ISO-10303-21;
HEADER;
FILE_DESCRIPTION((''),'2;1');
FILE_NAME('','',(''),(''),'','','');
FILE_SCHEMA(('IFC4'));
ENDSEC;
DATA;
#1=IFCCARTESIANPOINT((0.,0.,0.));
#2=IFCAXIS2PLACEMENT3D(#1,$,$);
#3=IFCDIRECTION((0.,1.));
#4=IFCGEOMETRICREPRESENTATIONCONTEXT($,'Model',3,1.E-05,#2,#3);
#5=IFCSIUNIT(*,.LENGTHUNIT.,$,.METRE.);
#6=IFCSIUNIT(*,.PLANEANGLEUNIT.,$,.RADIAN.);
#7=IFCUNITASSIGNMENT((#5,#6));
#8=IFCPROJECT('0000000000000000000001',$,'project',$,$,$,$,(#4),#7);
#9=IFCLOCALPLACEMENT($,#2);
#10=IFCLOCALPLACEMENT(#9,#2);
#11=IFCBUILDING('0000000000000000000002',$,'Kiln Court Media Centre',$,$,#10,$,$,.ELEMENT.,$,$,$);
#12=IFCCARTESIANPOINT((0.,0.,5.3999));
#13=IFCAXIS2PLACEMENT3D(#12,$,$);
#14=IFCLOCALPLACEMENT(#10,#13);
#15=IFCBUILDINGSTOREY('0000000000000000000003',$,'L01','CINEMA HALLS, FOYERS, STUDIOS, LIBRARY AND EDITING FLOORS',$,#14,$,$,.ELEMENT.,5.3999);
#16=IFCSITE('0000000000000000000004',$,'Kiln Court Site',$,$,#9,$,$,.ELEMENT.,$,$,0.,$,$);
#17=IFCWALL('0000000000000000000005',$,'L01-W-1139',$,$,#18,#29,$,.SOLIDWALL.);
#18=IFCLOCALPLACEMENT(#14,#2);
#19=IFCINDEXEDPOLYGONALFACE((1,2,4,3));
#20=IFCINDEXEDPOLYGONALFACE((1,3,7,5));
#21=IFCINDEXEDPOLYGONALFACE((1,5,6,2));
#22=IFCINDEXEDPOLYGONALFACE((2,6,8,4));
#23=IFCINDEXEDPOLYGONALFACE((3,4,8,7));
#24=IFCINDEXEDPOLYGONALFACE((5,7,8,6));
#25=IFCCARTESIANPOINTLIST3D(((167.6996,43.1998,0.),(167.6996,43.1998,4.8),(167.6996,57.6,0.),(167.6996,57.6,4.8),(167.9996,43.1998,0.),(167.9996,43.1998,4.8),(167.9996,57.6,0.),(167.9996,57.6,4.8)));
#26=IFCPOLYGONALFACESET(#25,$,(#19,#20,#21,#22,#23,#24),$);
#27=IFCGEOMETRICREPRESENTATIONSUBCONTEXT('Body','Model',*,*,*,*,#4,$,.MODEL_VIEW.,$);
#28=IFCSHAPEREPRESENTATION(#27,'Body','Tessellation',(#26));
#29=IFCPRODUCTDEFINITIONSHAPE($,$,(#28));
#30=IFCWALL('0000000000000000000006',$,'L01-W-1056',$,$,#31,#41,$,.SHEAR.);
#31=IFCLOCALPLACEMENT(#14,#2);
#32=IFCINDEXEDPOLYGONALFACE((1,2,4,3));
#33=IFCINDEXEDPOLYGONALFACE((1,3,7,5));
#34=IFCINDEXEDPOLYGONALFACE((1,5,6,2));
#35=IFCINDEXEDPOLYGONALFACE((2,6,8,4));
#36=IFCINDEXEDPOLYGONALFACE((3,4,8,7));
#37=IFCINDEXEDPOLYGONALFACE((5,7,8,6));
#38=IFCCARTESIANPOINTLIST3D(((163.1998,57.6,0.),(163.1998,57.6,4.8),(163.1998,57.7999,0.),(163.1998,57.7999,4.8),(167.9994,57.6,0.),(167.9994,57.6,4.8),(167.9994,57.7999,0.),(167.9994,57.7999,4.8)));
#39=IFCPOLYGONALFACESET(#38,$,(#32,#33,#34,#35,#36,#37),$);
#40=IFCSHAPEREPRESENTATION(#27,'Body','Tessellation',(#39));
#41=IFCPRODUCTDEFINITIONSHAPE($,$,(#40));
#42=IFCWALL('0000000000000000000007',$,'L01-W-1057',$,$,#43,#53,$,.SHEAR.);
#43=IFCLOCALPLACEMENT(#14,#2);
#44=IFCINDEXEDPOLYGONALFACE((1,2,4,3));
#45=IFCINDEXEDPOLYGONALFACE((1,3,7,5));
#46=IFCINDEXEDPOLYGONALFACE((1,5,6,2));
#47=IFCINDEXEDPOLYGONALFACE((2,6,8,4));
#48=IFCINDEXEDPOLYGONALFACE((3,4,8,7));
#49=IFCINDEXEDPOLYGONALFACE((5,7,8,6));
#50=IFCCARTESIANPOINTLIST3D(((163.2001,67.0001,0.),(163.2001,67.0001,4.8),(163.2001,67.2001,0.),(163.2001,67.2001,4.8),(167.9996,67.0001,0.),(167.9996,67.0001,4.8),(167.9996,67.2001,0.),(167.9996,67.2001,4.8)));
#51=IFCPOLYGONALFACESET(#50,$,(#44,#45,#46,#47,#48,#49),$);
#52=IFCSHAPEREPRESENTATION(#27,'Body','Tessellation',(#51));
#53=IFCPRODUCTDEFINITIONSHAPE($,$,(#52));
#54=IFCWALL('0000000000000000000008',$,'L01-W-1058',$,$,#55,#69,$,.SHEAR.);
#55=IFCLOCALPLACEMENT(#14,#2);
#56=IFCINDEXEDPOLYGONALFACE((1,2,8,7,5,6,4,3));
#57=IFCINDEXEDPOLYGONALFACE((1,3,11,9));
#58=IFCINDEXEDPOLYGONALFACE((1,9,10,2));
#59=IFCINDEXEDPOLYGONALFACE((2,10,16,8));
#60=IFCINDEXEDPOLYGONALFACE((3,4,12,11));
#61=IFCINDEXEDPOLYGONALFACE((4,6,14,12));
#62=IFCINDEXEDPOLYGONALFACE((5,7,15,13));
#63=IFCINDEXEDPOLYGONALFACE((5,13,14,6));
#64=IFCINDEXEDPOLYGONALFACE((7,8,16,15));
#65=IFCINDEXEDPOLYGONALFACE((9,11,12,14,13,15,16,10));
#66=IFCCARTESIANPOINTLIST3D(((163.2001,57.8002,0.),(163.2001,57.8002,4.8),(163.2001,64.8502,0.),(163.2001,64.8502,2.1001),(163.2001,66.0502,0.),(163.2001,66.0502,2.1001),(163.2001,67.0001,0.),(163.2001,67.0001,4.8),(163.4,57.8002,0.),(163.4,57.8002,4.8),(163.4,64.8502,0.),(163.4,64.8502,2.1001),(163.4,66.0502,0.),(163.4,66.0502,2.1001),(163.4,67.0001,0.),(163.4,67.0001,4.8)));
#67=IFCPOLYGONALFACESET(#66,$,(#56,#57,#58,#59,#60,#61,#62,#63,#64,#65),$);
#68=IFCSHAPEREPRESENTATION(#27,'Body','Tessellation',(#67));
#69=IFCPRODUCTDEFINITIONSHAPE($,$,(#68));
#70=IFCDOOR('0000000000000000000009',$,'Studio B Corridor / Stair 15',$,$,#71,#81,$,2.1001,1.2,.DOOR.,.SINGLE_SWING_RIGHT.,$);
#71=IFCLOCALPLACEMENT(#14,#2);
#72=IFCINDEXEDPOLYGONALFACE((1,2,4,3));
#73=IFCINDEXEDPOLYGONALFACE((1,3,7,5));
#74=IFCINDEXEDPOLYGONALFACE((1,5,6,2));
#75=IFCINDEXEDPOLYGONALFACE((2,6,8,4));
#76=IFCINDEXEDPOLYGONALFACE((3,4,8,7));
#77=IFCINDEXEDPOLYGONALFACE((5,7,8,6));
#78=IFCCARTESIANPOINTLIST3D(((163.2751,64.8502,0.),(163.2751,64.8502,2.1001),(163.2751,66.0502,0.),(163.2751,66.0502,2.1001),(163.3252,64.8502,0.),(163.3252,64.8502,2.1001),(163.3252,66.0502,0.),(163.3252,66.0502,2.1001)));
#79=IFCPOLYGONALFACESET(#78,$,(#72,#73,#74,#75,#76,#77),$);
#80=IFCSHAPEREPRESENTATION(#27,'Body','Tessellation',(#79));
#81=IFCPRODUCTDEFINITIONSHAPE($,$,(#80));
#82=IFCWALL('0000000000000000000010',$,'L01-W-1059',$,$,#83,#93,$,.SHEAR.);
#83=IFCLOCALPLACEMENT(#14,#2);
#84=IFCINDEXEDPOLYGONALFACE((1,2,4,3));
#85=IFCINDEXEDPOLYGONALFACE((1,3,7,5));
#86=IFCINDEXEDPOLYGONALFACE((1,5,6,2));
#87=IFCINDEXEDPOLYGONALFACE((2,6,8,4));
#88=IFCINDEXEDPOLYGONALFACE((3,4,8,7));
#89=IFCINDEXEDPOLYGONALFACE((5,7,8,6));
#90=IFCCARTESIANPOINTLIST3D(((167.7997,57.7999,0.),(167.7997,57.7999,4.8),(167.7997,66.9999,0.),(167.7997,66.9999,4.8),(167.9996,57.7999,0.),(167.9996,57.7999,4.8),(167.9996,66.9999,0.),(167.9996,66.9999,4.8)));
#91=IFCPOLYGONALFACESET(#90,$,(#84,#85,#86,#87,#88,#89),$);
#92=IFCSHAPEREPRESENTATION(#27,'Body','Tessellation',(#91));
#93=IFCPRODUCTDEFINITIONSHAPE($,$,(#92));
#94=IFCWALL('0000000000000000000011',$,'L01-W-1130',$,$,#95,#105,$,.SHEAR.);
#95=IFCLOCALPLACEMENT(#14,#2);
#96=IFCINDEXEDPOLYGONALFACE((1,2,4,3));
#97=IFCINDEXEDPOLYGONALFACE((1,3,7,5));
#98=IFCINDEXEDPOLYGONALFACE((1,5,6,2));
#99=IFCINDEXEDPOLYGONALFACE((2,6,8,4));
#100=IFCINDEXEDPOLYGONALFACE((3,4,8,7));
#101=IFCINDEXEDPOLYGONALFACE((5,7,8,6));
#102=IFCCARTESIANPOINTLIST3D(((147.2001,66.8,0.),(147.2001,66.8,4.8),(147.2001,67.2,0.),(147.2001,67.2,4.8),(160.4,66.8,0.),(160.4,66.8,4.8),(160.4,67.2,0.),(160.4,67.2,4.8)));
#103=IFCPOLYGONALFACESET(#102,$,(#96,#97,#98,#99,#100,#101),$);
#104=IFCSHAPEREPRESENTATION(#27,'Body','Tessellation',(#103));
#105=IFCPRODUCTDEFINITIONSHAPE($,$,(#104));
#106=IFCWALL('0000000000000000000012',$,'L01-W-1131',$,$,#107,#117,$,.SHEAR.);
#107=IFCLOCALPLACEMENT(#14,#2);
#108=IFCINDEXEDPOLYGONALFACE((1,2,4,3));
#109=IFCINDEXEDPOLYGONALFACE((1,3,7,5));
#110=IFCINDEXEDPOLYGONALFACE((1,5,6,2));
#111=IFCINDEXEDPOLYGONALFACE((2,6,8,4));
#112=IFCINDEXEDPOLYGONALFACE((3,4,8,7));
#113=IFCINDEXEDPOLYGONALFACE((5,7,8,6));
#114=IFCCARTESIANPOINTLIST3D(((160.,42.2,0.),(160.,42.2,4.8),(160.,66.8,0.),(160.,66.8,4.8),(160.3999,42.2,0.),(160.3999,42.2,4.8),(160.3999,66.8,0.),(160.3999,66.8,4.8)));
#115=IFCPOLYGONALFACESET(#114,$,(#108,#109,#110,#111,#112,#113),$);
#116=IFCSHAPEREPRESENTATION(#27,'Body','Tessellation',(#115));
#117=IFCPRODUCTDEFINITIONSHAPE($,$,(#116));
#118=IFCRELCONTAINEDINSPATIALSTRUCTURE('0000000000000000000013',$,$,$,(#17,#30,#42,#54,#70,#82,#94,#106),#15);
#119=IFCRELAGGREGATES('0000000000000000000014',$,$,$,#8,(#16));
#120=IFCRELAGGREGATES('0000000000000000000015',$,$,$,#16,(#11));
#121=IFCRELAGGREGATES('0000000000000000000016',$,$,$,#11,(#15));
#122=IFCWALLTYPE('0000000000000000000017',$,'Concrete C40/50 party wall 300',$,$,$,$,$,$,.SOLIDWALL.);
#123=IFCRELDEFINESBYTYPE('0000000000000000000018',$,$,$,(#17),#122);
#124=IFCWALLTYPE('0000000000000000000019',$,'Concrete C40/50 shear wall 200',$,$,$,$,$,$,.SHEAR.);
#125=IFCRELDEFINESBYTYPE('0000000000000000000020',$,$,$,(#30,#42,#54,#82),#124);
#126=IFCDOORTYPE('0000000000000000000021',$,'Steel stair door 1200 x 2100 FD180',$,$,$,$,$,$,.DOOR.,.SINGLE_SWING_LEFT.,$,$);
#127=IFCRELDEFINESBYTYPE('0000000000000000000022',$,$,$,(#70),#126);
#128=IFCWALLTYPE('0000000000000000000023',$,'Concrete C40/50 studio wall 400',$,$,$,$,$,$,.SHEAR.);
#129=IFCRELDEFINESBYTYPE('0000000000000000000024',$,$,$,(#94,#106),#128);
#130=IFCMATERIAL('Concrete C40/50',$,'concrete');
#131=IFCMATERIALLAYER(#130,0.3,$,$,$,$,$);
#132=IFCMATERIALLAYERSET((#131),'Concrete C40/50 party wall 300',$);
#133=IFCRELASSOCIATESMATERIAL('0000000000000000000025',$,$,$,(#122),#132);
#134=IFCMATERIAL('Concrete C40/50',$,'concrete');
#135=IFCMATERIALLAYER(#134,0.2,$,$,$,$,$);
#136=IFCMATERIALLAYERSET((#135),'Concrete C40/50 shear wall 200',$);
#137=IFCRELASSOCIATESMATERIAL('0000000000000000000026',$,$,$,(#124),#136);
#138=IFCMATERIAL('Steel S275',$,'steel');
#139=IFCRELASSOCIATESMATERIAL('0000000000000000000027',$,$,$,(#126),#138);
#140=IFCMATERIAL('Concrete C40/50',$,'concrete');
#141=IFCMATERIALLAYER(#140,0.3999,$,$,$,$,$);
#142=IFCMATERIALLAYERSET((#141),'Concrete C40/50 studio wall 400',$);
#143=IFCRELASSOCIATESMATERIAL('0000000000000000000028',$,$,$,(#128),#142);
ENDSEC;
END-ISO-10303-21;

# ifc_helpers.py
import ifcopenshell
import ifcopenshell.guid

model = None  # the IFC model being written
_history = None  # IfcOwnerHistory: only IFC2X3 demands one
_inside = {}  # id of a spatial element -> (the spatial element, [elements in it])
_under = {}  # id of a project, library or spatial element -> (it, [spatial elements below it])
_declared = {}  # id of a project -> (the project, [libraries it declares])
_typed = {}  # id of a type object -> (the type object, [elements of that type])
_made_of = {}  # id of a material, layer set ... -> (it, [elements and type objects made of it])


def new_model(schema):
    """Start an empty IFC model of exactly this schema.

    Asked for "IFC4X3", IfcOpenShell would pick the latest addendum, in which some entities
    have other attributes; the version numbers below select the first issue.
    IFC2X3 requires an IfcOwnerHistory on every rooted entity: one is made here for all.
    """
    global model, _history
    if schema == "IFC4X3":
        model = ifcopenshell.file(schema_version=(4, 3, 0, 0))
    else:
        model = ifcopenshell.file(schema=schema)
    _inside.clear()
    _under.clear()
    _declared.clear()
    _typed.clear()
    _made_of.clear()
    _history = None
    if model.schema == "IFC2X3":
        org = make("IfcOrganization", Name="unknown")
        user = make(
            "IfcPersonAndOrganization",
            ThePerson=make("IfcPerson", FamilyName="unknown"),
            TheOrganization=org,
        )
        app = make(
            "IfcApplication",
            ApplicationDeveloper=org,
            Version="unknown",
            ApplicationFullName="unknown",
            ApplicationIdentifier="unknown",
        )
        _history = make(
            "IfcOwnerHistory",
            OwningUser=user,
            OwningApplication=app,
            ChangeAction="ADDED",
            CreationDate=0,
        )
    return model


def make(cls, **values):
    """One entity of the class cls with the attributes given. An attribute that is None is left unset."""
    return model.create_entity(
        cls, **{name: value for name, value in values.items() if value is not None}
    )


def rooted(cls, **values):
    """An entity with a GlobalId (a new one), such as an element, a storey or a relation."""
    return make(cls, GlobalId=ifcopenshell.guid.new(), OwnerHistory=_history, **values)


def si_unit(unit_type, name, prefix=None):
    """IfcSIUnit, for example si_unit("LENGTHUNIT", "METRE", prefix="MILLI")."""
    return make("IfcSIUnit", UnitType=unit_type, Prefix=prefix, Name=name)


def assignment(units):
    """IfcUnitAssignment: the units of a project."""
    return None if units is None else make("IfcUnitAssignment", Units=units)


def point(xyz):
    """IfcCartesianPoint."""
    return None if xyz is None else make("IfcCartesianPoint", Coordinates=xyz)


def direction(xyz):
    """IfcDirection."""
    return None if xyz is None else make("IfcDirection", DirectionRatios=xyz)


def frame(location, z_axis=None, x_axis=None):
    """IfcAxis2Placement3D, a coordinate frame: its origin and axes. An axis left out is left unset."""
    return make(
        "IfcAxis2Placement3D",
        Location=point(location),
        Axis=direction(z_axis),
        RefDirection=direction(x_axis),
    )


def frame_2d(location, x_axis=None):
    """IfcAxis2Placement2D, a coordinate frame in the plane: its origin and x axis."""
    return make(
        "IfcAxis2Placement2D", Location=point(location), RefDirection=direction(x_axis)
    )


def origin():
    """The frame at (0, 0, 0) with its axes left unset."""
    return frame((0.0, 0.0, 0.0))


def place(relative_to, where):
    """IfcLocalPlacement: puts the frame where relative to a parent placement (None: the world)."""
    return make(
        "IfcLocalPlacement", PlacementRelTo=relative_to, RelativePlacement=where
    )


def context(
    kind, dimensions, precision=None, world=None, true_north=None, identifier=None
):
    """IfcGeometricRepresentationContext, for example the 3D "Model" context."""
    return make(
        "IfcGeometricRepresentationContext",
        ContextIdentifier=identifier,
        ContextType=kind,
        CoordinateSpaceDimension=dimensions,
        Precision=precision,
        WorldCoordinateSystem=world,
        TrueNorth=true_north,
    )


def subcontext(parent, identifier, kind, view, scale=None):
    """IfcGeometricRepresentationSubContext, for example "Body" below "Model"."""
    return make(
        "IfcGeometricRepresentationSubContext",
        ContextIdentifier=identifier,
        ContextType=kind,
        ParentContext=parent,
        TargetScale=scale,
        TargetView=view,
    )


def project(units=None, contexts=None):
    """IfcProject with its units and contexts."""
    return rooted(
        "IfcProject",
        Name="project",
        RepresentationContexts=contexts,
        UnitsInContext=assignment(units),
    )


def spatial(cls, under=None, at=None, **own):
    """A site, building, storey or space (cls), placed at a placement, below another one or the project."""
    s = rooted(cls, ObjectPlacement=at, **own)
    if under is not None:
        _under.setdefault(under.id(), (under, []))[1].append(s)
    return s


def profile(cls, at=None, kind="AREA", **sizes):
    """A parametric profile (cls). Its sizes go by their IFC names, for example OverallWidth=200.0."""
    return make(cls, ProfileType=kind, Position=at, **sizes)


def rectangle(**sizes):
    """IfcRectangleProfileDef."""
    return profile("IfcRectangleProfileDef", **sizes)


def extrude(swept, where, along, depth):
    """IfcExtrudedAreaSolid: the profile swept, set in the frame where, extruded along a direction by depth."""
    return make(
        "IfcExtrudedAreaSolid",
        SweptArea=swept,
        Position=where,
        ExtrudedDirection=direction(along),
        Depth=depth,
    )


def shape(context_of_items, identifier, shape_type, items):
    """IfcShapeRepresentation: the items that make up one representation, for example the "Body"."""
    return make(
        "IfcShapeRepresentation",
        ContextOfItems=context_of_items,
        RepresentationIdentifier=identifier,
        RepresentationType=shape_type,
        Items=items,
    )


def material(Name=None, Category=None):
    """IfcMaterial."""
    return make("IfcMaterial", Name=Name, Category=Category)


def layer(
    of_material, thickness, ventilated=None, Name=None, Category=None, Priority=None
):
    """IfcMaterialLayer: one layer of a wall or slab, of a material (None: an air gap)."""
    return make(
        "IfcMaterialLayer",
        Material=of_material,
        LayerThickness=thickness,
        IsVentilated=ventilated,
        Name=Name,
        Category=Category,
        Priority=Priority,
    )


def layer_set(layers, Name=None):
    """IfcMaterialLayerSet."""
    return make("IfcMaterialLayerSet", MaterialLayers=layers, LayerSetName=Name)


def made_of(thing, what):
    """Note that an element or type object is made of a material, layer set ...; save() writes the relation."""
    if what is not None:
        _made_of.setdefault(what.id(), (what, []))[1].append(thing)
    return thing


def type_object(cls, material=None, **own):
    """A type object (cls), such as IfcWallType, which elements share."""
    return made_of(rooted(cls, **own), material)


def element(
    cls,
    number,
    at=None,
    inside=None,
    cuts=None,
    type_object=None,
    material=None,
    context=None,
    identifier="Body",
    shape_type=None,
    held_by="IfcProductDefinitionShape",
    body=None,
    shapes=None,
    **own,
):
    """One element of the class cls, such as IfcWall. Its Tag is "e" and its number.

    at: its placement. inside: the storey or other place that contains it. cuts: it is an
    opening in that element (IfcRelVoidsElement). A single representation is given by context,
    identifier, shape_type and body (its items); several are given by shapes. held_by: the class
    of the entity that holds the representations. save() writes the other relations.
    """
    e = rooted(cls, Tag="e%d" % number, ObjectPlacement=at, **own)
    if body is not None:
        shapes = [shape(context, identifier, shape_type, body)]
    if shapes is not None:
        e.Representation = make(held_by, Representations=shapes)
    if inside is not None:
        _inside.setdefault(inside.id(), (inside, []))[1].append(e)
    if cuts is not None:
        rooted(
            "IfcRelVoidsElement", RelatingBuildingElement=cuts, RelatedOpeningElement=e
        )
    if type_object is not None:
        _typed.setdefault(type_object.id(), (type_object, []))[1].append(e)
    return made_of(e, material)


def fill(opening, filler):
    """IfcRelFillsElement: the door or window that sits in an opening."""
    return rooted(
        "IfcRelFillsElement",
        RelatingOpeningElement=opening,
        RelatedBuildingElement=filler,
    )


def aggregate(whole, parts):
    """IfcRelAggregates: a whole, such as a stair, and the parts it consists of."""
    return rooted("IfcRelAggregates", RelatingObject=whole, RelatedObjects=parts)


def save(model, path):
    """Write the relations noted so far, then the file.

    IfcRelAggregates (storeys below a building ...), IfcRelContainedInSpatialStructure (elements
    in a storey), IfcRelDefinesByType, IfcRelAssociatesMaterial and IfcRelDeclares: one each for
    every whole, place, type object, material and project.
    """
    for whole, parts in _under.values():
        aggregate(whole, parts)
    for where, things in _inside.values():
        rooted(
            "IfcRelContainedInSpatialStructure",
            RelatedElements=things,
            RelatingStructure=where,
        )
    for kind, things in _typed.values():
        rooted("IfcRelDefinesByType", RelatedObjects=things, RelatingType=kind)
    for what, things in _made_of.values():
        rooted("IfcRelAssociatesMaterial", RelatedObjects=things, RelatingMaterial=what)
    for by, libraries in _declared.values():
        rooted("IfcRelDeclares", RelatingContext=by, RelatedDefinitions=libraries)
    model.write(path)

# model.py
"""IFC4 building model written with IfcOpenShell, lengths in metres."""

from ifc_helpers import new_model, si_unit, direction, frame, frame_2d, origin, place, context, subcontext, project, spatial, rectangle, extrude, material, layer, layer_set, type_object, element, fill, save


model = new_model("IFC4")

# Units and contexts
model_context = context("Model", 3, precision=1e-05, world=origin(), true_north=direction((0.0, 1.0)))
body_context = subcontext(model_context, "Body", "Model", "MODEL_VIEW")
ifc_project = project(units=[si_unit("LENGTHUNIT", "METRE"), si_unit("PLANEANGLEUNIT", "RADIAN")], contexts=[model_context])

# Site, building, storey
site_placement = place(None, origin())
site = spatial("IfcSite", under=ifc_project, at=site_placement, Name="Kiln Court Site", CompositionType="ELEMENT", RefElevation=0.0)
building_placement = place(site_placement, origin())
building = spatial("IfcBuilding", under=site, at=building_placement, Name="Kiln Court Media Centre", CompositionType="ELEMENT")
storey_placement = place(building_placement, frame((0.0, 0.0, 5.3999)))
storey = spatial("IfcBuildingStorey", under=building, at=storey_placement, Name="L01", Description="CINEMA HALLS, FOYERS, STUDIOS, LIBRARY AND EDITING FLOORS", CompositionType="ELEMENT", Elevation=5.3999)

# Walls
ifc_material_1 = material(Name="Concrete C40/50", Category="concrete")
ifc_layer_1 = layer(ifc_material_1, 0.3)
ifc_layer_set_1 = layer_set([ifc_layer_1], Name="Concrete C40/50 party wall 300")
wall_type_1 = type_object("IfcWallType", Name="Concrete C40/50 party wall 300", PredefinedType="SOLIDWALL", material=ifc_layer_set_1)
wall_1_placement = place(storey_placement, frame((167.8496, 57.6001, 0.0), z_axis=(0.0, 0.0, 1.0), x_axis=(0.0, -1.0, 0.0)))
element("IfcWall", 1, at=wall_1_placement, inside=storey, type_object=wall_type_1, Name="L01-W-1139", PredefinedType="SOLIDWALL", context=body_context, shape_type="SweptSolid", body=[
    extrude(rectangle(XDim=14.4001, YDim=0.3, at=frame_2d((7.2002, 0.0))), origin(), (0.0, 0.0, 1.0), 4.8),
])
ifc_material_2 = material(Name="Concrete C40/50", Category="concrete")
ifc_layer_2 = layer(ifc_material_2, 0.2)
ifc_layer_set_2 = layer_set([ifc_layer_2], Name="Concrete C40/50 shear wall 200")
wall_type_2 = type_object("IfcWallType", Name="Concrete C40/50 shear wall 200", PredefinedType="SHEAR", material=ifc_layer_set_2)
for number, where, z_axis, x_axis, name in (
    (2, (167.9995, 57.7, 0.0), (0.0, 0.0, 1.0), (-1.0, 0.0, 0.0), "L01-W-1056"),
    (3, (163.2, 67.1001, 0.0), (0.0, 0.0, 1.0), (1.0, 0.0, 0.0), "L01-W-1057"),
):
    element("IfcWall", number, at=place(storey_placement, frame(where, z_axis=z_axis, x_axis=x_axis)), inside=storey, type_object=wall_type_2, Name=name, PredefinedType="SHEAR", context=body_context, shape_type="SweptSolid", body=[
        extrude(rectangle(XDim=4.7996, YDim=0.2, at=frame_2d((2.3999, 0.0))), origin(), (0.0, 0.0, 1.0), 4.8),
    ])

# Wall, opening, door
wall_2_placement = place(storey_placement, frame((163.3, 57.8, 0.0), z_axis=(0.0, 0.0, 1.0), x_axis=(0.0, 1.0, 0.0)))
wall_2 = element("IfcWall", 4, at=wall_2_placement, inside=storey, type_object=wall_type_2, Name="L01-W-1058", PredefinedType="SHEAR", context=body_context, shape_type="SweptSolid", body=[
    extrude(rectangle(XDim=9.2, YDim=0.2, at=frame_2d((4.6001, 0.0))), origin(), (0.0, 0.0, 1.0), 4.8),
])
opening_placement = place(wall_2_placement, frame((7.05, 0.0, 0.0)))
opening = element("IfcOpeningElement", 5, at=opening_placement, cuts=wall_2, PredefinedType="OPENING", context=body_context, shape_type="SweptSolid", body=[
    extrude(rectangle(XDim=1.2, YDim=2.1001, at=frame_2d((0.6001, 1.05))), frame((0.0, 0.1099, 0.0), z_axis=(0.0, -1.0, 0.0), x_axis=(1.0, 0.0, 0.0)), (0.0, 0.0, 1.0), 0.22),
])
ifc_material_3 = material(Name="Steel S275", Category="steel")
door_type = type_object("IfcDoorType", Name="Steel stair door 1200 x 2100 FD180", OperationType="SINGLE_SWING_LEFT", PredefinedType="DOOR", material=ifc_material_3)
door_placement = place(opening_placement, origin())
door = element("IfcDoor", 6, at=door_placement, inside=storey, type_object=door_type, Name="Studio B Corridor / Stair 15", OperationType="SINGLE_SWING_RIGHT", OverallHeight=2.1001, OverallWidth=1.2, PredefinedType="DOOR", context=body_context, shape_type="SweptSolid", body=[
    extrude(rectangle(XDim=1.2, YDim=2.1001, at=frame_2d((0.6001, 1.05))), frame((0.0, 0.0249, 0.0), z_axis=(0.0, -1.0, 0.0), x_axis=(1.0, 0.0, 0.0)), (0.0, 0.0, 1.0), 0.05),
])
fill(opening, door)

# Walls
wall_3_placement = place(storey_placement, frame((167.8997, 67.0, 0.0), z_axis=(0.0, 0.0, 1.0), x_axis=(0.0, -1.0, 0.0)))
element("IfcWall", 7, at=wall_3_placement, inside=storey, type_object=wall_type_2, Name="L01-W-1059", PredefinedType="SHEAR", context=body_context, shape_type="SweptSolid", body=[
    extrude(rectangle(XDim=9.2, YDim=0.2, at=frame_2d((4.6001, 0.0))), origin(), (0.0, 0.0, 1.0), 4.8),
])
ifc_material_4 = material(Name="Concrete C40/50", Category="concrete")
ifc_layer_3 = layer(ifc_material_4, 0.3999)
ifc_layer_set_3 = layer_set([ifc_layer_3], Name="Concrete C40/50 studio wall 400")
wall_type_3 = type_object("IfcWallType", Name="Concrete C40/50 studio wall 400", PredefinedType="SHEAR", material=ifc_layer_set_3)
wall_4_placement = place(storey_placement, frame((147.2, 67.0, 0.0), z_axis=(0.0, 0.0, 1.0), x_axis=(1.0, 0.0, 0.0)))
element("IfcWall", 8, at=wall_4_placement, inside=storey, type_object=wall_type_3, Name="L01-W-1130", PredefinedType="SHEAR", context=body_context, shape_type="SweptSolid", body=[
    extrude(rectangle(XDim=13.2, YDim=0.3999, at=frame_2d((6.6001, 0.0))), origin(), (0.0, 0.0, 1.0), 4.8),
])
wall_5_placement = place(storey_placement, frame((160.2, 66.8, 0.0), z_axis=(0.0, 0.0, 1.0), x_axis=(0.0, -1.0, 0.0)))
element("IfcWall", 9, at=wall_5_placement, inside=storey, type_object=wall_type_3, Name="L01-W-1131", PredefinedType="SHEAR", context=body_context, shape_type="SweptSolid", body=[
    extrude(rectangle(XDim=24.6001, YDim=0.3999, at=frame_2d((12.3, 0.0))), origin(), (0.0, 0.0, 1.0), 4.8),
])

save(model, "model.ifc")
